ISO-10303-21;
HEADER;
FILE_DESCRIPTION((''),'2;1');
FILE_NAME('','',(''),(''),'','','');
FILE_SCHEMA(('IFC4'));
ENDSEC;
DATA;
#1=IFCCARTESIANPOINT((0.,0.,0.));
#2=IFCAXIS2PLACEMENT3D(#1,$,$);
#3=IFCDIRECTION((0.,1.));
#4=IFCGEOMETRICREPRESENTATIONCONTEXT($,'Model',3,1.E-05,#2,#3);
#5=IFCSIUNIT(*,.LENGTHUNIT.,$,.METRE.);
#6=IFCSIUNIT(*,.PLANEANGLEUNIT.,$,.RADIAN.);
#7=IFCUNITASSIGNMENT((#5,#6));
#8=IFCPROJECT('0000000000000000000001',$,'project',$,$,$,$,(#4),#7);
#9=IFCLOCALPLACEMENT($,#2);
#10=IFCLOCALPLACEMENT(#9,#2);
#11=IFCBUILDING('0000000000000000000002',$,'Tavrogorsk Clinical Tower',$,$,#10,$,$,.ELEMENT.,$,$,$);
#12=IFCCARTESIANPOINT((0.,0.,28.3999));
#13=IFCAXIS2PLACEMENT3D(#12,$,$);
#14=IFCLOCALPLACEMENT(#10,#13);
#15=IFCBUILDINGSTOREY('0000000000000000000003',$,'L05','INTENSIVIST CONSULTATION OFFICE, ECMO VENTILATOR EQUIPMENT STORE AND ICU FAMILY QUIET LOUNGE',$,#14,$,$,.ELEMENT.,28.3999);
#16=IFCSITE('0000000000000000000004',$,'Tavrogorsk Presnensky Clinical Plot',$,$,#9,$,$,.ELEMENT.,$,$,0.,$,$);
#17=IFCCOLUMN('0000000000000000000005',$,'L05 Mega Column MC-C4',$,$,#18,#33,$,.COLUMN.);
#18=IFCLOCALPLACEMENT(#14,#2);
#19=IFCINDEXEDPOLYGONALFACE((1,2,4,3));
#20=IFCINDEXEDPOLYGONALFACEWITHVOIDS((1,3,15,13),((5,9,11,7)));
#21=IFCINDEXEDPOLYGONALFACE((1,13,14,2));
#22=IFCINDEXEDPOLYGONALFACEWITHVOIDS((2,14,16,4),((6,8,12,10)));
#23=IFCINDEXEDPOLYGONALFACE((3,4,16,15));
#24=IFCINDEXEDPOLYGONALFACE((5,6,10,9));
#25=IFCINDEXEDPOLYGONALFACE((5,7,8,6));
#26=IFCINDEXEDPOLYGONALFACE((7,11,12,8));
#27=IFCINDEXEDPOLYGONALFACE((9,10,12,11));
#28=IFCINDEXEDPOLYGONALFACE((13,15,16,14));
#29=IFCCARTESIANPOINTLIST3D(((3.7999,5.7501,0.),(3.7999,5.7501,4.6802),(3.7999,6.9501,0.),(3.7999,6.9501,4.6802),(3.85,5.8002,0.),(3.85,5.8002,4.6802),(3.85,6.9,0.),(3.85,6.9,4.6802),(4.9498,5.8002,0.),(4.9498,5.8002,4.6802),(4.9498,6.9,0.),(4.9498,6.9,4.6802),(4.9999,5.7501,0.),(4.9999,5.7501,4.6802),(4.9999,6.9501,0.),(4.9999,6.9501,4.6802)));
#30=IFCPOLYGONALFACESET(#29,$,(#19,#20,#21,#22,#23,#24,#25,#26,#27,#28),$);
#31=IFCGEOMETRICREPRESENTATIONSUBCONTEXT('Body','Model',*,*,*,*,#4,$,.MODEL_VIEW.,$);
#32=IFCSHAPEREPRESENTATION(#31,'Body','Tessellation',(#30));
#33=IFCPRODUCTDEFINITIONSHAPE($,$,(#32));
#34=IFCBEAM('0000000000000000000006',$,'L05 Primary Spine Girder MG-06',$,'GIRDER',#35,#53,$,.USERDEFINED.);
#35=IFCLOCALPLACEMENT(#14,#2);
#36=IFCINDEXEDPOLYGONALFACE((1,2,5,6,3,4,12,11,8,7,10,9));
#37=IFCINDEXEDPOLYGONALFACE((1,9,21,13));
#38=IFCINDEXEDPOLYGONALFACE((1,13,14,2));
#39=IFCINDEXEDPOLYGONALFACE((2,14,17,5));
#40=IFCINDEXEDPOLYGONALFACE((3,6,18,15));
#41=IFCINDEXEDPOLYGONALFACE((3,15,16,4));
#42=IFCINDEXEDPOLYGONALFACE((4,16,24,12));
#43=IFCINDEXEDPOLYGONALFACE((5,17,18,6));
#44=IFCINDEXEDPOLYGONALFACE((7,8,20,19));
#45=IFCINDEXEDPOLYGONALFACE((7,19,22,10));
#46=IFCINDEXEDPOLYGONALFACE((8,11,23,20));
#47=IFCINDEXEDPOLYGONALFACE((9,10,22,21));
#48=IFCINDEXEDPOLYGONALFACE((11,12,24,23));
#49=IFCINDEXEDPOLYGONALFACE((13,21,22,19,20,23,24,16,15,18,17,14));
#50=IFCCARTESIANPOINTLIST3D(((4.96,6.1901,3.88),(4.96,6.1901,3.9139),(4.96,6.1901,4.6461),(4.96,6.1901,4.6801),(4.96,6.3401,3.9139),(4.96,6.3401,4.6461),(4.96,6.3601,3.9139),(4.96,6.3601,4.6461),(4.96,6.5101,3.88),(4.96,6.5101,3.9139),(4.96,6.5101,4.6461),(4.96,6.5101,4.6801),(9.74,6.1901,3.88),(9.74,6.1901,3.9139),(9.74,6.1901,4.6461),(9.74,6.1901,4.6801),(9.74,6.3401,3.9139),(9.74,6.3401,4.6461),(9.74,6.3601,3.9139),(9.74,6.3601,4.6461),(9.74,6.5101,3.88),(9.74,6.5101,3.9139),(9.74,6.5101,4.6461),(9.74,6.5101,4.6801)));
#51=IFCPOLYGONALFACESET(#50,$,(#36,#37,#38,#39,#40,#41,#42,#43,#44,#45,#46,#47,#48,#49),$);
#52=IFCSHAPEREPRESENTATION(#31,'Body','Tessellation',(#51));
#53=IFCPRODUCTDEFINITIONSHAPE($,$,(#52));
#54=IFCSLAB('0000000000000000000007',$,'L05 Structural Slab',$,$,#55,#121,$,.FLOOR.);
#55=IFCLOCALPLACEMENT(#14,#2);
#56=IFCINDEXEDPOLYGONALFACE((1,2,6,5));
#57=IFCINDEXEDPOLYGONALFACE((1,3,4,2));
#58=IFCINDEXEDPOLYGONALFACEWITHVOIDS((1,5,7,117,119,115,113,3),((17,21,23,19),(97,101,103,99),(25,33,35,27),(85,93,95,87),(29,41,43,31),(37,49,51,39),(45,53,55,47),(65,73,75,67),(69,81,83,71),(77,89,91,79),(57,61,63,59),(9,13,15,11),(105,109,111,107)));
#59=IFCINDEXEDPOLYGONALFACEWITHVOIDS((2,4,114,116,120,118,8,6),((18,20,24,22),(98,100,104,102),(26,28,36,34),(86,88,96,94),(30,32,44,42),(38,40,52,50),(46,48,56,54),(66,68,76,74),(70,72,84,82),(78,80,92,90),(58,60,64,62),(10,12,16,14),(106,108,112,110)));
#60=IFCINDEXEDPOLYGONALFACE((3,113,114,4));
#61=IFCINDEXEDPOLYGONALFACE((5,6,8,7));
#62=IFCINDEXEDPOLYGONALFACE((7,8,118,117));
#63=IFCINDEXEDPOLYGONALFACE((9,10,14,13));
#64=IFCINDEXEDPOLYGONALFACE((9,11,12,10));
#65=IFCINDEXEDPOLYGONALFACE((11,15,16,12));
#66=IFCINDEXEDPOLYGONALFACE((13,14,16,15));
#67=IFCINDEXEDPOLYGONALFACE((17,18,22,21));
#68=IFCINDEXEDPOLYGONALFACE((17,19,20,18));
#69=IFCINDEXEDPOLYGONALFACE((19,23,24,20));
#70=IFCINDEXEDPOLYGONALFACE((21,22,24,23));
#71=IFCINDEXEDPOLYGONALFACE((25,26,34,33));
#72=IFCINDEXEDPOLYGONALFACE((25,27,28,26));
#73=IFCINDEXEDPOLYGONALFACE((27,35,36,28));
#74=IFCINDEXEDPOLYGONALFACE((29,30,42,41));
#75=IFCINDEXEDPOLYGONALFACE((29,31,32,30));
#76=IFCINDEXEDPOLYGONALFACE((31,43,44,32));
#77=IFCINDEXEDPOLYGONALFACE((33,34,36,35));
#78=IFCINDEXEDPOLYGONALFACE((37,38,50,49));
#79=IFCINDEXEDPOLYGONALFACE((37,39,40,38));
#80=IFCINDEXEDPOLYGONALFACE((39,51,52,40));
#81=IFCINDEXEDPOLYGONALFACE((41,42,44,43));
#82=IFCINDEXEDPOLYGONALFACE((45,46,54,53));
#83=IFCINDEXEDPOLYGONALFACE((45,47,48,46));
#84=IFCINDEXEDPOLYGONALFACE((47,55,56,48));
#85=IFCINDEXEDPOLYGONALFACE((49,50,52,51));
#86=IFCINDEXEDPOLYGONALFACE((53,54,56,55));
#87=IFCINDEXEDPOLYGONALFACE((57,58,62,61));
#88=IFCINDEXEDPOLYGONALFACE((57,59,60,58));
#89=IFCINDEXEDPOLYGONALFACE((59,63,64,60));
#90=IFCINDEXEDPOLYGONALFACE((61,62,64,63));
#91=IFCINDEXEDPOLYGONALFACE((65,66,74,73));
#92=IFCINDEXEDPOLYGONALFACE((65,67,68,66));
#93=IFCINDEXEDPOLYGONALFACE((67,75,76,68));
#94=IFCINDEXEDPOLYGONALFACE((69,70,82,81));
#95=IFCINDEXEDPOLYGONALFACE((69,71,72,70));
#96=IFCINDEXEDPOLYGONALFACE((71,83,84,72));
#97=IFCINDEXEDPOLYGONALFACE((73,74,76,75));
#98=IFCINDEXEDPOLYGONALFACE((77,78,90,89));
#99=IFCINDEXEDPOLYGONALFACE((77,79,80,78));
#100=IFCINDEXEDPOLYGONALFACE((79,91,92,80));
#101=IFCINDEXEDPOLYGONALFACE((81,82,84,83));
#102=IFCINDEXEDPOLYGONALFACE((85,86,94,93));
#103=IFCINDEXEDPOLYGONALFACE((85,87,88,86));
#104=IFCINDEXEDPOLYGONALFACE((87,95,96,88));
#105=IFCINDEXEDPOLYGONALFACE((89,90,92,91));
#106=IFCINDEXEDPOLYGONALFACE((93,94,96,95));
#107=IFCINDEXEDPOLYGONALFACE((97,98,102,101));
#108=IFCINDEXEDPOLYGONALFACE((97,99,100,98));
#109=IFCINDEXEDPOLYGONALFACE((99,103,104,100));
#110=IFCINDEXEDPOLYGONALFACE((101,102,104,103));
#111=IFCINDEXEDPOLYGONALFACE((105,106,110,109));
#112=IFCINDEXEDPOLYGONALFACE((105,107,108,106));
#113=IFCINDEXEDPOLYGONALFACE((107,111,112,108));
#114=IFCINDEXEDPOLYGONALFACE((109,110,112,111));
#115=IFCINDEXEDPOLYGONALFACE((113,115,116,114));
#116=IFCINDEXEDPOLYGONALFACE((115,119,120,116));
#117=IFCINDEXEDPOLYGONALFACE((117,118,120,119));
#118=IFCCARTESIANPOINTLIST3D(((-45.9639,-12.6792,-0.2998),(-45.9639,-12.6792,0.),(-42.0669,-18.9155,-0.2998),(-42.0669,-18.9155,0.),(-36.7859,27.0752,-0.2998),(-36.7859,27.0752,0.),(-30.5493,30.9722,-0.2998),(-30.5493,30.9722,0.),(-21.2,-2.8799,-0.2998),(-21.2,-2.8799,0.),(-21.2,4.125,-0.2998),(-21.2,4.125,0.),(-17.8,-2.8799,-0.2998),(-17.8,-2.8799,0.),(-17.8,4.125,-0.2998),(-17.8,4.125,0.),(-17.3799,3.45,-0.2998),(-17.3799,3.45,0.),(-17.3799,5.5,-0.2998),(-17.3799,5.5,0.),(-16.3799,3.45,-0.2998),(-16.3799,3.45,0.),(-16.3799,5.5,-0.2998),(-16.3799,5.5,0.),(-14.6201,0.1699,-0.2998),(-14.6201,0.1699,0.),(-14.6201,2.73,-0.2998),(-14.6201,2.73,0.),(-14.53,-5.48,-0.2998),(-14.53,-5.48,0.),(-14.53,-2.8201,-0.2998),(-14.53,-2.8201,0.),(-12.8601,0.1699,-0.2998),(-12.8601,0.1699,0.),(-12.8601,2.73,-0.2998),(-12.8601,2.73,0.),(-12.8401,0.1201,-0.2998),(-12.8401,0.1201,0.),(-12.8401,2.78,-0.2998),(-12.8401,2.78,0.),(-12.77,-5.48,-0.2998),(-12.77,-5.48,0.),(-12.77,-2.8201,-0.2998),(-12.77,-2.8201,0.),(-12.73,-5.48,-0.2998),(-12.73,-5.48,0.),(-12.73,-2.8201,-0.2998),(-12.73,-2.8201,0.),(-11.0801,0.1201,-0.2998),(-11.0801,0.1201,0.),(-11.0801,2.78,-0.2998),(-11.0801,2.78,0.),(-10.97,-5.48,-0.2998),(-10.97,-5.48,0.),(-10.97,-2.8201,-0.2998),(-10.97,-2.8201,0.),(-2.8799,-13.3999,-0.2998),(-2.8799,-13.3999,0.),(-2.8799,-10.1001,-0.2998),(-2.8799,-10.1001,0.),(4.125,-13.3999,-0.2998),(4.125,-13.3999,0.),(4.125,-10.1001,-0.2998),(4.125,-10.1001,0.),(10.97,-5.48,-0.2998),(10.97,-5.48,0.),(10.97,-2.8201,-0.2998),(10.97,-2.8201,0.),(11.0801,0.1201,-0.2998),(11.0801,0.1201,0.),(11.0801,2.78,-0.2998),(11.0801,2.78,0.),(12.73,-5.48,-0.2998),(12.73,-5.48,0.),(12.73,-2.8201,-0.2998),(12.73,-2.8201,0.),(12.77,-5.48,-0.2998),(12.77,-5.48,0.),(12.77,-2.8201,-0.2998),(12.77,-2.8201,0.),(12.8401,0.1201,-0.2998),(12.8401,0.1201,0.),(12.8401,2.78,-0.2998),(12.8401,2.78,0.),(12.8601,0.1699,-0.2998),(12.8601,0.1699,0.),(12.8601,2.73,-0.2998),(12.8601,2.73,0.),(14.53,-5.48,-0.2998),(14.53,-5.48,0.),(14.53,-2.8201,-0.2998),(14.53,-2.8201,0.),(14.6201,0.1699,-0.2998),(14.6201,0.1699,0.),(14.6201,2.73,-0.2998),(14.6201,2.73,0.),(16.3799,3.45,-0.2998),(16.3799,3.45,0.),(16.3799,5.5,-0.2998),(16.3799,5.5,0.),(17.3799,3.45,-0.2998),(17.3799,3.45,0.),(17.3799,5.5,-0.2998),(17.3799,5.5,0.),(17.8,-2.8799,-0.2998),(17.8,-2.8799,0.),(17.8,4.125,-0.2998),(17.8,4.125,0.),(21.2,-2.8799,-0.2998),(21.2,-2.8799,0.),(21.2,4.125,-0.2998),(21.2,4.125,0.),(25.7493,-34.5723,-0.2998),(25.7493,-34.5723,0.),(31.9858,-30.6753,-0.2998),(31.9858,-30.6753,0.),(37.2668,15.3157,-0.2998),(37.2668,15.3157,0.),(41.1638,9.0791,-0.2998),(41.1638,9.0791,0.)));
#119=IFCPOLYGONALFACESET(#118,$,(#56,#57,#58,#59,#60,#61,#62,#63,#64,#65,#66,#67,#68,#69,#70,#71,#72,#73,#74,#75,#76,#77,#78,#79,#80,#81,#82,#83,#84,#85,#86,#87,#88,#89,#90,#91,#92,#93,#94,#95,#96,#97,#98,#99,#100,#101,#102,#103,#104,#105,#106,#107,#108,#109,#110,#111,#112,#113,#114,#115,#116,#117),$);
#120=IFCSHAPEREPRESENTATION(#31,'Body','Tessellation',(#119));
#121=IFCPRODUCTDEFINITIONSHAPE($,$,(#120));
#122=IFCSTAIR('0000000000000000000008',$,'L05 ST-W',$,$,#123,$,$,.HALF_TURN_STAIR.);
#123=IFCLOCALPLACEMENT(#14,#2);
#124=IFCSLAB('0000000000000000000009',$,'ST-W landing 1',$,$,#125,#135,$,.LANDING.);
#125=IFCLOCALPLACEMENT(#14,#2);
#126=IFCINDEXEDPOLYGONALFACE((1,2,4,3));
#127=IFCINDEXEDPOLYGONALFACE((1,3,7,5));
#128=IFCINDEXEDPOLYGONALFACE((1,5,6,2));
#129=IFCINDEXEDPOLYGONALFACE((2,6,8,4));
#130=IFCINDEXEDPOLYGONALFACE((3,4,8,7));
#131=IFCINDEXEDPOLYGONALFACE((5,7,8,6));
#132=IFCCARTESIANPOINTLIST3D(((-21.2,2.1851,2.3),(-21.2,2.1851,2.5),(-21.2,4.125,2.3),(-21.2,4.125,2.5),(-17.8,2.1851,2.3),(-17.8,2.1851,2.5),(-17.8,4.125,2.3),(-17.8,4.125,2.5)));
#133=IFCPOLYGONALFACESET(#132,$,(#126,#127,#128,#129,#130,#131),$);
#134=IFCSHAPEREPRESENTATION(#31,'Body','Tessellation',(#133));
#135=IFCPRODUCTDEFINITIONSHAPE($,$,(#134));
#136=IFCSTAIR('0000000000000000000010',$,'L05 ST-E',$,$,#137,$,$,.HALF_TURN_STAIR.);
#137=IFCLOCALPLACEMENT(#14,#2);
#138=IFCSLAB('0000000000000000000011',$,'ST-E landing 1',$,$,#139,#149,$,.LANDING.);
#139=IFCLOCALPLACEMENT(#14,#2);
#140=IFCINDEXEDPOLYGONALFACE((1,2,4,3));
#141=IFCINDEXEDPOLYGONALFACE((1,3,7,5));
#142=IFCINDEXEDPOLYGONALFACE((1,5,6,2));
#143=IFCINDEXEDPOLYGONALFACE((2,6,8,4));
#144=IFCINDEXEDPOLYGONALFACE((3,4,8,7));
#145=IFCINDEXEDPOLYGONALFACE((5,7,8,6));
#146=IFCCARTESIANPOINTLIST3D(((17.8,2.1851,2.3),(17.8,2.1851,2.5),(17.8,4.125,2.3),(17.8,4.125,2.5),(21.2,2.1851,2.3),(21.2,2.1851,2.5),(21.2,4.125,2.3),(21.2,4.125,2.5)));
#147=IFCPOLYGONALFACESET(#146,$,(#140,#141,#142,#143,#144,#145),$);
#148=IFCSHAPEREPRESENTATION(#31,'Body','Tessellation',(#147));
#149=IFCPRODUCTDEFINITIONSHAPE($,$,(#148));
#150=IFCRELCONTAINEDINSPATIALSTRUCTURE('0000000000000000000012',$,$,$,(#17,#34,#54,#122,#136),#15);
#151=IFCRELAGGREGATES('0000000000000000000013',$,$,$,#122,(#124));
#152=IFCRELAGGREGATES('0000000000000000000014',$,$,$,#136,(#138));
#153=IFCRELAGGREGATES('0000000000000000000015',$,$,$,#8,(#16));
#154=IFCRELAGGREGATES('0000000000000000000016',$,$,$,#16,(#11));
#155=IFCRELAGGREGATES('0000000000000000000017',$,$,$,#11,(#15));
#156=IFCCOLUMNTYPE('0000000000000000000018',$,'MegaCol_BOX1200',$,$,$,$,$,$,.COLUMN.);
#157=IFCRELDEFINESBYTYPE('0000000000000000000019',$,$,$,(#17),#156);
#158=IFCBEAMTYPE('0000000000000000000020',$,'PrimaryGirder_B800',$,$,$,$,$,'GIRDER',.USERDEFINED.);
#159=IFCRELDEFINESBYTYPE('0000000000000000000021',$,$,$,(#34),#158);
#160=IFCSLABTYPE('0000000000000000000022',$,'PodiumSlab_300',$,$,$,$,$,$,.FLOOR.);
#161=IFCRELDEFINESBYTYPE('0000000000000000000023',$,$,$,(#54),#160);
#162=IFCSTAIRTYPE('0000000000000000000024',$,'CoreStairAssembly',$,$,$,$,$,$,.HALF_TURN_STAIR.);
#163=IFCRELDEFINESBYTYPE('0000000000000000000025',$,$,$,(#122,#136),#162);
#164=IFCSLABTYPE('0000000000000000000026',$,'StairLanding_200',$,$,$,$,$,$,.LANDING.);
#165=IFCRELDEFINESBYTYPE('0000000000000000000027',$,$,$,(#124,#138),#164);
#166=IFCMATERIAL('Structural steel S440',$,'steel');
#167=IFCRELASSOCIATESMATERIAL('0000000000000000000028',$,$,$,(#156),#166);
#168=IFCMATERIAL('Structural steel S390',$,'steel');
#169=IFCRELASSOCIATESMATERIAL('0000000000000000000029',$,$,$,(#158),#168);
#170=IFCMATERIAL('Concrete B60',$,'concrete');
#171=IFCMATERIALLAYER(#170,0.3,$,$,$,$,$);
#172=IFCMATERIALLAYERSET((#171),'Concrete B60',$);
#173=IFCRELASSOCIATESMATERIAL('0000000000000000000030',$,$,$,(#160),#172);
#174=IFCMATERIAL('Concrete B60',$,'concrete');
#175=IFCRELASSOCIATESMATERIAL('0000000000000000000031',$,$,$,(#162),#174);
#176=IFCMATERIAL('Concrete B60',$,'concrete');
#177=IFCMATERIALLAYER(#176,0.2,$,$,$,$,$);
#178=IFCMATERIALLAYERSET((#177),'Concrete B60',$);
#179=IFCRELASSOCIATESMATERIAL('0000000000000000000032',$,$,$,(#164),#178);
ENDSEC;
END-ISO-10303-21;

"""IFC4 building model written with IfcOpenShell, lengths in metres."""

from ifc_helpers import new_model, si_unit, direction, frame, origin, origin_2d, place, context, subcontext, project, spatial, polyline, hollow_rectangle, i_section, outline, extrude, material, layer, layer_set, material_profile, profile_set, type_object, element, aggregate, save


model = new_model("IFC4")

# Units and contexts
model_context = context("Model", 3, precision=1e-05, world=origin(), true_north=direction((0.0, 1.0)))
body_context = subcontext(model_context, "Body", "Model", "MODEL_VIEW")
ifc_project = project(units=[si_unit("LENGTHUNIT", "METRE"), si_unit("PLANEANGLEUNIT", "RADIAN")], contexts=[model_context])

# Site, building, storey
site_placement = place(None, origin())
site = spatial("IfcSite", under=ifc_project, at=site_placement, Name="Tavrogorsk Presnensky Clinical Plot", CompositionType="ELEMENT", RefElevation=0.0)
building_placement = place(site_placement, origin())
building = spatial("IfcBuilding", under=site, at=building_placement, Name="Tavrogorsk Clinical Tower", CompositionType="ELEMENT")
storey_placement = place(building_placement, frame((0.0, 0.0, 28.3999)))
storey = spatial("IfcBuildingStorey", under=building, at=storey_placement, Name="L05", Description="INTENSIVIST CONSULTATION OFFICE, ECMO VENTILATOR EQUIPMENT STORE AND ICU FAMILY QUIET LOUNGE", CompositionType="ELEMENT", Elevation=28.3999)

# Column
ifc_material_1 = material(Name="Structural steel S440", Category="steel")
ifc_material_profile_1 = material_profile(ifc_material_1, hollow_rectangle(XDim=1.2, YDim=1.2, WallThickness=0.05, at=origin_2d()), Name="BOX-1200x1200x50")
ifc_profile_set_1 = profile_set([ifc_material_profile_1], Name="Structural steel S440")
column_type = type_object("IfcColumnType", Name="MegaCol_BOX1200", PredefinedType="COLUMN", material=ifc_profile_set_1)
column_placement = place(storey_placement, frame((4.3999, 6.3501, 0.0), z_axis=(0.0, 0.0, 1.0), x_axis=(1.0, 0.0, 0.0)))
element("IfcColumn", 1, at=column_placement, inside=storey, type_object=column_type, Name="L05 Mega Column MC-C4", PredefinedType="COLUMN", context=body_context, shape_type="SweptSolid", body=[
    extrude(hollow_rectangle(XDim=1.2, YDim=1.2, WallThickness=0.05, at=origin_2d()), origin(), (0.0, 0.0, 1.0), 4.6802),
])

# Beam
ifc_material_2 = material(Name="Structural steel S390", Category="steel")
ifc_material_profile_2 = material_profile(ifc_material_2, i_section(OverallWidth=0.3201, OverallDepth=0.8, WebThickness=0.02, FlangeThickness=0.0339, at=origin_2d()), Name="B-800x320x20x34")
ifc_profile_set_2 = profile_set([ifc_material_profile_2], Name="Structural steel S390")
beam_type = type_object("IfcBeamType", Name="PrimaryGirder_B800", ElementType="GIRDER", PredefinedType="USERDEFINED", material=ifc_profile_set_2)
beam_placement = place(storey_placement, frame((4.96, 6.3501, 4.28), z_axis=(1.0, 0.0, 0.0), x_axis=(0.0, 1.0, 0.0)))
element("IfcBeam", 2, at=beam_placement, inside=storey, type_object=beam_type, Name="L05 Primary Spine Girder MG-06", ObjectType="GIRDER", PredefinedType="USERDEFINED", context=body_context, shape_type="SweptSolid", body=[
    extrude(i_section(OverallWidth=0.3201, OverallDepth=0.8, WebThickness=0.02, FlangeThickness=0.0339, at=origin_2d()), origin(), (0.0, 0.0, 1.0), 4.78),
])

# Slab
ifc_material_3 = material(Name="Concrete B60", Category="concrete")
ifc_layer_1 = layer(ifc_material_3, 0.3)
ifc_layer_set_1 = layer_set([ifc_layer_1], Name="Concrete B60")
slab_type_1 = type_object("IfcSlabType", Name="PodiumSlab_300", PredefinedType="FLOOR", material=ifc_layer_set_1)
slab_1_placement = place(storey_placement, frame((0.0, 0.0, -0.2998)))
element("IfcSlab", 3, at=slab_1_placement, inside=storey, type_object=slab_type_1, Name="L05 Structural Slab", PredefinedType="FLOOR", context=body_context, shape_type="SweptSolid", body=[
    extrude(outline(polyline([(-42.0669, -18.9155), (25.7493, -34.5723), (31.9858, -30.6753), (41.1638, 9.0791), (37.2668, 15.3157), (-30.5493, 30.9722), (-36.7859, 27.0752), (-45.9639, -12.6792), (-42.0669, -18.9155)]), holes=[polyline([(-17.8, -2.8799), (-17.8, 4.125), (-21.2, 4.125), (-21.2, -2.8799), (-17.8, -2.8799)]), polyline([(21.2, -2.8799), (21.2, 4.125), (17.8, 4.125), (17.8, -2.8799), (21.2, -2.8799)]), polyline([(-2.8799, -13.3999), (4.125, -13.3999), (4.125, -10.1001), (-2.8799, -10.1001), (-2.8799, -13.3999)]), polyline([(-14.6201, 0.1699), (-12.8601, 0.1699), (-12.8601, 2.73), (-14.6201, 2.73), (-14.6201, 0.1699)]), polyline([(-14.53, -5.48), (-12.77, -5.48), (-12.77, -2.8201), (-14.53, -2.8201), (-14.53, -5.48)]), polyline([(-12.73, -5.48), (-10.97, -5.48), (-10.97, -2.8201), (-12.73, -2.8201), (-12.73, -5.48)]), polyline([(-12.8401, 0.1201), (-11.0801, 0.1201), (-11.0801, 2.78), (-12.8401, 2.78), (-12.8401, 0.1201)]), polyline([(12.8601, 0.1699), (14.6201, 0.1699), (14.6201, 2.73), (12.8601, 2.73), (12.8601, 0.1699)]), polyline([(12.77, -5.48), (14.53, -5.48), (14.53, -2.8201), (12.77, -2.8201), (12.77, -5.48)]), polyline([(10.97, -5.48), (12.73, -5.48), (12.73, -2.8201), (10.97, -2.8201), (10.97, -5.48)]), polyline([(11.0801, 0.1201), (12.8401, 0.1201), (12.8401, 2.78), (11.0801, 2.78), (11.0801, 0.1201)]), polyline([(-17.3799, 3.45), (-16.3799, 3.45), (-16.3799, 5.5), (-17.3799, 5.5), (-17.3799, 3.45)]), polyline([(16.3799, 3.45), (17.3799, 3.45), (17.3799, 5.5), (16.3799, 5.5), (16.3799, 3.45)])]), origin(), (0.0, 0.0, 1.0), 0.2998),
])

# Stairs, slabs
ifc_material_4 = material(Name="Concrete B60", Category="concrete")
stair_type = type_object("IfcStairType", Name="CoreStairAssembly", PredefinedType="HALF_TURN_STAIR", material=ifc_material_4)
stair_1_placement = place(storey_placement, origin())
stair_1 = element("IfcStair", 4, at=stair_1_placement, inside=storey, type_object=stair_type, Name="L05 ST-W", PredefinedType="HALF_TURN_STAIR")
ifc_material_5 = material(Name="Concrete B60", Category="concrete")
ifc_layer_2 = layer(ifc_material_5, 0.2)
ifc_layer_set_2 = layer_set([ifc_layer_2], Name="Concrete B60")
slab_type_2 = type_object("IfcSlabType", Name="StairLanding_200", PredefinedType="LANDING", material=ifc_layer_set_2)
slab_2_placement = place(storey_placement, frame((0.0, 0.0, 2.3)))
slab_2 = element("IfcSlab", 5, at=slab_2_placement, type_object=slab_type_2, Name="ST-W landing 1", PredefinedType="LANDING", context=body_context, shape_type="SweptSolid", body=[
    extrude(outline(polyline([(-17.8, 2.1851), (-17.8, 4.125), (-21.2, 4.125), (-21.2, 2.1851), (-17.8, 2.1851)])), origin(), (0.0, 0.0, 1.0), 0.2),
])
aggregate(stair_1, [slab_2])
stair_2_placement = place(storey_placement, origin())
stair_2 = element("IfcStair", 6, at=stair_2_placement, inside=storey, type_object=stair_type, Name="L05 ST-E", PredefinedType="HALF_TURN_STAIR")
slab_3_placement = place(storey_placement, frame((0.0, 0.0, 2.3)))
slab_3 = element("IfcSlab", 7, at=slab_3_placement, type_object=slab_type_2, Name="ST-E landing 1", PredefinedType="LANDING", context=body_context, shape_type="SweptSolid", body=[
    extrude(outline(polyline([(21.2, 2.1851), (21.2, 4.125), (17.8, 4.125), (17.8, 2.1851), (21.2, 2.1851)])), origin(), (0.0, 0.0, 1.0), 0.2),
])
aggregate(stair_2, [slab_3])

save(model, "model.ifc")
